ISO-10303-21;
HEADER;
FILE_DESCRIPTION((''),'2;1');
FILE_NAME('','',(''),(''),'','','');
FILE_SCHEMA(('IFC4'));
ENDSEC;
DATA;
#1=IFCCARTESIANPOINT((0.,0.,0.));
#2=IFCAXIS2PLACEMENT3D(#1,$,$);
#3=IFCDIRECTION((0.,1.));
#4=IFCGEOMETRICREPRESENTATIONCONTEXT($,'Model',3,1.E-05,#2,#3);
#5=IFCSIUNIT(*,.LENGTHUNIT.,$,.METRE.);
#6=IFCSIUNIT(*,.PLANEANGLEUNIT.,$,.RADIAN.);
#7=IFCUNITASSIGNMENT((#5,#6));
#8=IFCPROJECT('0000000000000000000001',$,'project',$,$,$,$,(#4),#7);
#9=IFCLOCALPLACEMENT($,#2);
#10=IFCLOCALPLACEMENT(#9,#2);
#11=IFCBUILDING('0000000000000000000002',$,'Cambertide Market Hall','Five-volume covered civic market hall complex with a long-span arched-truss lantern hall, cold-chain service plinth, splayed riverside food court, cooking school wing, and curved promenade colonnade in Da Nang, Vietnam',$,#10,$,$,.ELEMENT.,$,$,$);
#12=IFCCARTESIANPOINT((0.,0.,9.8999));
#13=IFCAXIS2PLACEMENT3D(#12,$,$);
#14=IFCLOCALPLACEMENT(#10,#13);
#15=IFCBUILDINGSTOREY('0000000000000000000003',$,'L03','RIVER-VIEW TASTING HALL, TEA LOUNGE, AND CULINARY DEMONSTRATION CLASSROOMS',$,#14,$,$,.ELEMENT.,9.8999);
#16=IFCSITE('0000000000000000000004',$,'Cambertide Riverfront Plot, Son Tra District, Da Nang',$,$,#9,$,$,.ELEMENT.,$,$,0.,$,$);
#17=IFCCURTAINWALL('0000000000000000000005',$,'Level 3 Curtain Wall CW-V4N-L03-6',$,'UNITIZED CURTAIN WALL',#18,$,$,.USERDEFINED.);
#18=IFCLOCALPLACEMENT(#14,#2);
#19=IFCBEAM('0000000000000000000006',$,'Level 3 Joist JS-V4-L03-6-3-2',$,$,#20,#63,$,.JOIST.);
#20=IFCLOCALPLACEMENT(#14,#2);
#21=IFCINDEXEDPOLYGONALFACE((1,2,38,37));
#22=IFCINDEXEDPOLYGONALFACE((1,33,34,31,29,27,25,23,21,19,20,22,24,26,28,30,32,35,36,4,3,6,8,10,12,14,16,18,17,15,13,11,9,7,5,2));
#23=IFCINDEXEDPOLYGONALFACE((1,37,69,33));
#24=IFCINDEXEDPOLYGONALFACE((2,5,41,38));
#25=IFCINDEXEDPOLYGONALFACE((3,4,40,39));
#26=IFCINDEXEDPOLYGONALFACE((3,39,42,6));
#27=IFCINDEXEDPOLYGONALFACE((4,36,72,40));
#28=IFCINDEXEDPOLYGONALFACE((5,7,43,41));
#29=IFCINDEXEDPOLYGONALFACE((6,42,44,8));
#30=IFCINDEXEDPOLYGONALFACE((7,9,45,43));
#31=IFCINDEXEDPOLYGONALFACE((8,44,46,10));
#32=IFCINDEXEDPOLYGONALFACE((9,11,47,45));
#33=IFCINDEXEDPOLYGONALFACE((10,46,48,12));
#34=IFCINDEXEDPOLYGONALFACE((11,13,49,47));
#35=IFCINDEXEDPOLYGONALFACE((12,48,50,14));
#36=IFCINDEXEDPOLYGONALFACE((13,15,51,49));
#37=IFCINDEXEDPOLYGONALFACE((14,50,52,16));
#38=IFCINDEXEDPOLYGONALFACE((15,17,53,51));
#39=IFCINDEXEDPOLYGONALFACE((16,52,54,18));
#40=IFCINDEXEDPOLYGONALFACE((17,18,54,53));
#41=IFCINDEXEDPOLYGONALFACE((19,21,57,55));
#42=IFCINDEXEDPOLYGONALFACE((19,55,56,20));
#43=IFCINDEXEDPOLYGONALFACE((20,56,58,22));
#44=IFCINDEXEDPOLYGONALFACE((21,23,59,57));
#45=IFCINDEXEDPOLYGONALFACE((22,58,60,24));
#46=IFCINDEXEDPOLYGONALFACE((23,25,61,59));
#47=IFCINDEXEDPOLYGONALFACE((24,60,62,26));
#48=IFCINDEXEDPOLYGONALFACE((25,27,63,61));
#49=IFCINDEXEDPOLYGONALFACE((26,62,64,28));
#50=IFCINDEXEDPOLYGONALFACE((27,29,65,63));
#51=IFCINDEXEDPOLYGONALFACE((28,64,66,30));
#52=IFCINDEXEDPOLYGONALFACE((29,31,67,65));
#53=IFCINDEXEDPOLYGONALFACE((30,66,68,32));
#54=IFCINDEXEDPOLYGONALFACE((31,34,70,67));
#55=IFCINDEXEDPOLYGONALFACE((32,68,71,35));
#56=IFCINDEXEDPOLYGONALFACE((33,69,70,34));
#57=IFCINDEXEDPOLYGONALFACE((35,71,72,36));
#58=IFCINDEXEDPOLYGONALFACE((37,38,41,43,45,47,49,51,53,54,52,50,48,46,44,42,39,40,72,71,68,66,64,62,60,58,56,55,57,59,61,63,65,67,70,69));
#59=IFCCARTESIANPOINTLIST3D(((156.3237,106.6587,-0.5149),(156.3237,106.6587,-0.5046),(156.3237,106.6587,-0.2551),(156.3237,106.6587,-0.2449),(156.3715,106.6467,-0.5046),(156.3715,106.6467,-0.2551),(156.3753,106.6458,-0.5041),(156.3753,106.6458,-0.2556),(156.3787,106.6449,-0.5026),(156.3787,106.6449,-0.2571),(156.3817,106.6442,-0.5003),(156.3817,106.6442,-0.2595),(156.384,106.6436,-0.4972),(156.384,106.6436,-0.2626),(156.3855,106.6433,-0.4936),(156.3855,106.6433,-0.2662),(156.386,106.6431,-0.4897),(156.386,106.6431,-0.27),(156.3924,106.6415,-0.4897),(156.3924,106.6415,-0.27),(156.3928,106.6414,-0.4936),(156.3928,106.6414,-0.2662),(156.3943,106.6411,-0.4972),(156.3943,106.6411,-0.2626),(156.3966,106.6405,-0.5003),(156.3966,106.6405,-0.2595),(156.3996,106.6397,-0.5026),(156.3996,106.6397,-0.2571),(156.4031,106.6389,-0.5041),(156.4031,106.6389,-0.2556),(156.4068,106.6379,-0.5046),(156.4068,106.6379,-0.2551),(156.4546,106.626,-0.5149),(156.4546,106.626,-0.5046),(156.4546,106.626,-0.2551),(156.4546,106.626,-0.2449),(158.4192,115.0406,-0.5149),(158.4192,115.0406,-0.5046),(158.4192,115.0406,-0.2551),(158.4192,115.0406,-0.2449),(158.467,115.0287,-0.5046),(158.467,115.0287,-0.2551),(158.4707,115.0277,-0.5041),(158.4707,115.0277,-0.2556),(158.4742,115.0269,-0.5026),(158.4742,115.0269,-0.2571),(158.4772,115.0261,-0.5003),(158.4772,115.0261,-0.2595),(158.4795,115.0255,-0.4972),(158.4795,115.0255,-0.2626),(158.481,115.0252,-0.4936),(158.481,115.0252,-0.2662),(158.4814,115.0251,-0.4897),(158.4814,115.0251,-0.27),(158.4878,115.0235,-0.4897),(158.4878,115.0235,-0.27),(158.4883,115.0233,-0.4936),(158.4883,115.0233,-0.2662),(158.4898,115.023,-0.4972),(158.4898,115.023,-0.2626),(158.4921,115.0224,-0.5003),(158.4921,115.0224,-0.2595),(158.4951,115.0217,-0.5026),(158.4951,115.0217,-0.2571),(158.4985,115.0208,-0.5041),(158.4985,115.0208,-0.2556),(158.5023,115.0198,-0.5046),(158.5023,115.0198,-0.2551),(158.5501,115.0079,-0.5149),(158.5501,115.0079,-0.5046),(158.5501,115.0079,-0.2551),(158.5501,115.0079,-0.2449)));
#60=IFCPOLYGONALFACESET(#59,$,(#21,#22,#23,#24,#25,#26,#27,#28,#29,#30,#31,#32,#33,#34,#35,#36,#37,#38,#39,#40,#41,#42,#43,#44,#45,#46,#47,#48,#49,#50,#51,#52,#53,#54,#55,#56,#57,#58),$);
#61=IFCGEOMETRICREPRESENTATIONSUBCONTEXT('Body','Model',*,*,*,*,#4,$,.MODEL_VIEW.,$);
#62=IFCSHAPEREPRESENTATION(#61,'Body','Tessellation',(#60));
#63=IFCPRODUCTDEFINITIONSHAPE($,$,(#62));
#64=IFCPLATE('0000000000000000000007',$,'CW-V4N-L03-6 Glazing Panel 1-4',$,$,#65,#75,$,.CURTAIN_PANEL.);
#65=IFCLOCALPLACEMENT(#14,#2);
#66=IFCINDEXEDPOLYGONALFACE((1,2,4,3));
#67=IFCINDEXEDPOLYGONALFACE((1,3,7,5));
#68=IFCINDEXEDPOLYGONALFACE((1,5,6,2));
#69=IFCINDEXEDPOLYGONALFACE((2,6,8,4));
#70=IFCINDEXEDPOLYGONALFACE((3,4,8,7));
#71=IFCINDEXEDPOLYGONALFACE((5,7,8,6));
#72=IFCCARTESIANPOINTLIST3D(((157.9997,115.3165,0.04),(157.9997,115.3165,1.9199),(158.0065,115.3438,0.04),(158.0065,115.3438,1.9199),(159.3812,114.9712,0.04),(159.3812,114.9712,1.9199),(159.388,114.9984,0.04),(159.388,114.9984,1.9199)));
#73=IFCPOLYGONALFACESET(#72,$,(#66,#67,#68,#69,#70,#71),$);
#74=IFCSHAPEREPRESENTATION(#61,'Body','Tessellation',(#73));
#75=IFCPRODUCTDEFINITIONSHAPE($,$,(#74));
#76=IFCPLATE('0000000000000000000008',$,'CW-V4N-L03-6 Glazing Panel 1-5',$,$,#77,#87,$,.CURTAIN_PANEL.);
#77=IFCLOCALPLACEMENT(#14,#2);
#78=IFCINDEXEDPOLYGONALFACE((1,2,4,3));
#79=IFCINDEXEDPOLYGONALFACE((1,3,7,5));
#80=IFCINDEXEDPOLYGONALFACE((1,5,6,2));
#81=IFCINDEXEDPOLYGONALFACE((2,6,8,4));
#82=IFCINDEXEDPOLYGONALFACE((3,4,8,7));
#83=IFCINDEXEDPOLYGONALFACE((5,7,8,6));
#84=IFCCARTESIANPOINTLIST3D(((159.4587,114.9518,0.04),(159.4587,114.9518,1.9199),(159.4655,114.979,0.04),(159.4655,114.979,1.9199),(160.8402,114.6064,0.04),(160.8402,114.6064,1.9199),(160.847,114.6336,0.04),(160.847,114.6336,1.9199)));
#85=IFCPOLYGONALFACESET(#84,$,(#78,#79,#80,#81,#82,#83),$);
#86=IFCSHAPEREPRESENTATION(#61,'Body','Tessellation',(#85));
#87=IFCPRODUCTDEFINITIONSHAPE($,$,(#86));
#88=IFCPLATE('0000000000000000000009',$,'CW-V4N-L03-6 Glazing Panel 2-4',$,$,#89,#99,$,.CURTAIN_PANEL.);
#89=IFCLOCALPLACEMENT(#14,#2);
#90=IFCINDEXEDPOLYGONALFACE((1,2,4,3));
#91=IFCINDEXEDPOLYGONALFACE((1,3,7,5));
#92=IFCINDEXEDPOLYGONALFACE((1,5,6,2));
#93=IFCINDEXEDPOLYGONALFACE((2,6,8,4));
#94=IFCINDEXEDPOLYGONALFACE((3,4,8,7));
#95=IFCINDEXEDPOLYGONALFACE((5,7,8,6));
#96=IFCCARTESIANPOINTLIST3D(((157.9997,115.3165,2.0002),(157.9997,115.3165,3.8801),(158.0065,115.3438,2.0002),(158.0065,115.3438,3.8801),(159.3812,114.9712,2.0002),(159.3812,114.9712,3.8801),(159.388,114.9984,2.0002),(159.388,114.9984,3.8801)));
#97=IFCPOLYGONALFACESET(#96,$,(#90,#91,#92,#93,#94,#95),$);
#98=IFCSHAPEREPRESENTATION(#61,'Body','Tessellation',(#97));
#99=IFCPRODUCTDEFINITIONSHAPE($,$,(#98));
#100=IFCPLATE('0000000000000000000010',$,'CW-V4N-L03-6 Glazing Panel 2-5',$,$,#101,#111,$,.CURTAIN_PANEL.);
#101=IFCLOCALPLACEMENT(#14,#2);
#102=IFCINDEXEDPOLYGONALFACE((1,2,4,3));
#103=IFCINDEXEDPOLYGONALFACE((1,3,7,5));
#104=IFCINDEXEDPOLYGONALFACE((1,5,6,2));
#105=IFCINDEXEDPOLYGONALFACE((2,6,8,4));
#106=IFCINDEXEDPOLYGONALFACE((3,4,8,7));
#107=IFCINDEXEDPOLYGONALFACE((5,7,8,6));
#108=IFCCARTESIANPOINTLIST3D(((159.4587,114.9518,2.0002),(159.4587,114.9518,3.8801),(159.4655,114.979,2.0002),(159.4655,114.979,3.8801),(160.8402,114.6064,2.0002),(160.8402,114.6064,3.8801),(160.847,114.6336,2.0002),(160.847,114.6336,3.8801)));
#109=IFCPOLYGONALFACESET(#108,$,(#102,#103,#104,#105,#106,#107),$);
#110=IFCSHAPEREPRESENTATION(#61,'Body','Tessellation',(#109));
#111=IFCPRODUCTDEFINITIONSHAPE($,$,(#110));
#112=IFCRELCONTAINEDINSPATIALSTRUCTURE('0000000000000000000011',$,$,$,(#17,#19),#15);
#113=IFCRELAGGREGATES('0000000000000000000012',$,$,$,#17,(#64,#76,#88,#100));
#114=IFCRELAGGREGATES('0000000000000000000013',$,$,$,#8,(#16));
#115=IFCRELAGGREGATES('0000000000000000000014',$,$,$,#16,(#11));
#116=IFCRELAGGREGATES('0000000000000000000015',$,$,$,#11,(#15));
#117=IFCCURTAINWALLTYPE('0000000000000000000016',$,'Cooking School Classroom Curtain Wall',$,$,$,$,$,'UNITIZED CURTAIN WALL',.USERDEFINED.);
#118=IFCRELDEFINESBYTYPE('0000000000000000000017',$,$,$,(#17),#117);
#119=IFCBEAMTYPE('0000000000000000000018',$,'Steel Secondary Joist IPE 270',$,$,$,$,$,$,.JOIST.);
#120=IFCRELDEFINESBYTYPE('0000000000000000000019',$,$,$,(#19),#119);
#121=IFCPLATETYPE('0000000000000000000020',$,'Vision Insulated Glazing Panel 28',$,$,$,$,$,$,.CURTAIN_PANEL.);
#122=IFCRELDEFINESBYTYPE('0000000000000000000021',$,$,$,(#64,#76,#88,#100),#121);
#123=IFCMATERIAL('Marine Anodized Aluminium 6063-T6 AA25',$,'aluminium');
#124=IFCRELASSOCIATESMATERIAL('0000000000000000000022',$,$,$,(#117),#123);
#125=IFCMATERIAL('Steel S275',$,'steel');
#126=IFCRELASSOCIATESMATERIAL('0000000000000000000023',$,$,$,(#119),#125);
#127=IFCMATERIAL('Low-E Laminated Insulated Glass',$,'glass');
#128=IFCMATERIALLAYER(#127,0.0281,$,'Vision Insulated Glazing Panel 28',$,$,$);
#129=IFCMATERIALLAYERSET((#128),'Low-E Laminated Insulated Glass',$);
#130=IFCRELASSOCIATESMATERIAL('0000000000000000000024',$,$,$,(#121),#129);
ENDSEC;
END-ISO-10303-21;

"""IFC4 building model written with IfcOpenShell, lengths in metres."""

from ifc_helpers import new_model, si_unit, direction, frame, origin, origin_2d, place, context, subcontext, project, spatial, rectangle, i_section, extrude, material, layer, layer_set, material_profile, profile_set, type_object, element, aggregate, save


model = new_model("IFC4")

# Units and contexts
model_context = context("Model", 3, precision=1e-05, world=origin(), true_north=direction((0.0, 1.0)))
body_context = subcontext(model_context, "Body", "Model", "MODEL_VIEW")
ifc_project = project(units=[si_unit("LENGTHUNIT", "METRE"), si_unit("PLANEANGLEUNIT", "RADIAN")], contexts=[model_context])

# Site, building, storey
site_placement = place(None, origin())
site = spatial("IfcSite", under=ifc_project, at=site_placement, Name="Cambertide Riverfront Plot, Son Tra District, Da Nang", CompositionType="ELEMENT", RefElevation=0.0)
building_placement = place(site_placement, origin())
building = spatial("IfcBuilding", under=site, at=building_placement, Name="Cambertide Market Hall", Description="Five-volume covered civic market hall complex with a long-span arched-truss lantern hall, cold-chain service plinth, splayed riverside food court, cooking school wing, and curved promenade colonnade in Da Nang, Vietnam", CompositionType="ELEMENT")
storey_placement = place(building_placement, frame((0.0, 0.0, 9.8999)))
storey = spatial("IfcBuildingStorey", under=building, at=storey_placement, Name="L03", Description="RIVER-VIEW TASTING HALL, TEA LOUNGE, AND CULINARY DEMONSTRATION CLASSROOMS", CompositionType="ELEMENT", Elevation=9.8999)

# Curtain wall
ifc_material_1 = material(Name="Marine Anodized Aluminium 6063-T6 AA25", Category="aluminium")
curtain_wall_type = type_object("IfcCurtainWallType", Name="Cooking School Classroom Curtain Wall", ElementType="UNITIZED CURTAIN WALL", PredefinedType="USERDEFINED", material=ifc_material_1)
curtain_wall_placement = place(storey_placement, origin())
curtain_wall = element("IfcCurtainWall", 1, at=curtain_wall_placement, inside=storey, type_object=curtain_wall_type, Name="Level 3 Curtain Wall CW-V4N-L03-6", ObjectType="UNITIZED CURTAIN WALL", PredefinedType="USERDEFINED")

# Beam
ifc_material_2 = material(Name="Steel S275", Category="steel")
ifc_material_profile_1 = material_profile(ifc_material_2, i_section(OverallWidth=0.135, OverallDepth=0.27, WebThickness=0.0066, FlangeThickness=0.0103, FilletRadius=0.0149, at=origin_2d()), Name="IPE 270")
ifc_profile_set_1 = profile_set([ifc_material_profile_1], Name="Steel S275")
beam_type_1 = type_object("IfcBeamType", Name="Steel Secondary Joist IPE 270", PredefinedType="JOIST", material=ifc_profile_set_1)
beam_1_placement = place(storey_placement, frame((156.3892, 106.6423, -0.3799), z_axis=(0.242536, 0.970143, 0.0), x_axis=(-0.970143, 0.242536, 0.0)))
element("IfcBeam", 2, at=beam_1_placement, inside=storey, type_object=beam_type_1, Name="Level 3 Joist JS-V4-L03-6-3-2", PredefinedType="JOIST", context=body_context, shape_type="SweptSolid", body=[
    extrude(i_section(OverallWidth=0.135, OverallDepth=0.27, WebThickness=0.0066, FlangeThickness=0.0103, FilletRadius=0.0149, at=origin_2d()), origin(), (0.0, 0.0, 1.0), 8.6399),
])

# Plates
ifc_material_3 = material(Name="Low-E Laminated Insulated Glass", Category="glass")
ifc_layer_1 = layer(ifc_material_3, 0.0281, Name="Vision Insulated Glazing Panel 28")
ifc_layer_set_1 = layer_set([ifc_layer_1], Name="Low-E Laminated Insulated Glass")
plate_type = type_object("IfcPlateType", Name="Vision Insulated Glazing Panel 28", PredefinedType="CURTAIN_PANEL", material=ifc_layer_set_1)
plate_1_placement = place(storey_placement, frame((158.6938, 115.1575, 0.04), z_axis=(0.0, 0.0, 1.0), x_axis=(0.970143, -0.242536, 0.0)))
plate_1 = element("IfcPlate", 3, at=plate_1_placement, type_object=plate_type, Name="CW-V4N-L03-6 Glazing Panel 1-4", PredefinedType="CURTAIN_PANEL", context=body_context, shape_type="SweptSolid", body=[
    extrude(rectangle(XDim=1.4241, YDim=0.0281, at=origin_2d()), origin(), (0.0, 0.0, 1.0), 1.8799),
])
plate_2_placement = place(storey_placement, frame((160.1528, 114.7927, 0.04), z_axis=(0.0, 0.0, 1.0), x_axis=(0.970143, -0.242536, 0.0)))
plate_2 = element("IfcPlate", 4, at=plate_2_placement, type_object=plate_type, Name="CW-V4N-L03-6 Glazing Panel 1-5", PredefinedType="CURTAIN_PANEL", context=body_context, shape_type="SweptSolid", body=[
    extrude(rectangle(XDim=1.4241, YDim=0.0281, at=origin_2d()), origin(), (0.0, 0.0, 1.0), 1.8799),
])
plate_3_placement = place(storey_placement, frame((158.6938, 115.1575, 2.0002), z_axis=(0.0, 0.0, 1.0), x_axis=(0.970143, -0.242536, 0.0)))
plate_3 = element("IfcPlate", 5, at=plate_3_placement, type_object=plate_type, Name="CW-V4N-L03-6 Glazing Panel 2-4", PredefinedType="CURTAIN_PANEL", context=body_context, shape_type="SweptSolid", body=[
    extrude(rectangle(XDim=1.4241, YDim=0.0281, at=origin_2d()), origin(), (0.0, 0.0, 1.0), 1.8799),
])
plate_4_placement = place(storey_placement, frame((160.1528, 114.7927, 2.0002), z_axis=(0.0, 0.0, 1.0), x_axis=(0.970143, -0.242536, 0.0)))
plate_4 = element("IfcPlate", 6, at=plate_4_placement, type_object=plate_type, Name="CW-V4N-L03-6 Glazing Panel 2-5", PredefinedType="CURTAIN_PANEL", context=body_context, shape_type="SweptSolid", body=[
    extrude(rectangle(XDim=1.4241, YDim=0.0281, at=origin_2d()), origin(), (0.0, 0.0, 1.0), 1.8799),
])
aggregate(curtain_wall, [plate_1, plate_2, plate_3, plate_4])

save(model, "model.ifc")
